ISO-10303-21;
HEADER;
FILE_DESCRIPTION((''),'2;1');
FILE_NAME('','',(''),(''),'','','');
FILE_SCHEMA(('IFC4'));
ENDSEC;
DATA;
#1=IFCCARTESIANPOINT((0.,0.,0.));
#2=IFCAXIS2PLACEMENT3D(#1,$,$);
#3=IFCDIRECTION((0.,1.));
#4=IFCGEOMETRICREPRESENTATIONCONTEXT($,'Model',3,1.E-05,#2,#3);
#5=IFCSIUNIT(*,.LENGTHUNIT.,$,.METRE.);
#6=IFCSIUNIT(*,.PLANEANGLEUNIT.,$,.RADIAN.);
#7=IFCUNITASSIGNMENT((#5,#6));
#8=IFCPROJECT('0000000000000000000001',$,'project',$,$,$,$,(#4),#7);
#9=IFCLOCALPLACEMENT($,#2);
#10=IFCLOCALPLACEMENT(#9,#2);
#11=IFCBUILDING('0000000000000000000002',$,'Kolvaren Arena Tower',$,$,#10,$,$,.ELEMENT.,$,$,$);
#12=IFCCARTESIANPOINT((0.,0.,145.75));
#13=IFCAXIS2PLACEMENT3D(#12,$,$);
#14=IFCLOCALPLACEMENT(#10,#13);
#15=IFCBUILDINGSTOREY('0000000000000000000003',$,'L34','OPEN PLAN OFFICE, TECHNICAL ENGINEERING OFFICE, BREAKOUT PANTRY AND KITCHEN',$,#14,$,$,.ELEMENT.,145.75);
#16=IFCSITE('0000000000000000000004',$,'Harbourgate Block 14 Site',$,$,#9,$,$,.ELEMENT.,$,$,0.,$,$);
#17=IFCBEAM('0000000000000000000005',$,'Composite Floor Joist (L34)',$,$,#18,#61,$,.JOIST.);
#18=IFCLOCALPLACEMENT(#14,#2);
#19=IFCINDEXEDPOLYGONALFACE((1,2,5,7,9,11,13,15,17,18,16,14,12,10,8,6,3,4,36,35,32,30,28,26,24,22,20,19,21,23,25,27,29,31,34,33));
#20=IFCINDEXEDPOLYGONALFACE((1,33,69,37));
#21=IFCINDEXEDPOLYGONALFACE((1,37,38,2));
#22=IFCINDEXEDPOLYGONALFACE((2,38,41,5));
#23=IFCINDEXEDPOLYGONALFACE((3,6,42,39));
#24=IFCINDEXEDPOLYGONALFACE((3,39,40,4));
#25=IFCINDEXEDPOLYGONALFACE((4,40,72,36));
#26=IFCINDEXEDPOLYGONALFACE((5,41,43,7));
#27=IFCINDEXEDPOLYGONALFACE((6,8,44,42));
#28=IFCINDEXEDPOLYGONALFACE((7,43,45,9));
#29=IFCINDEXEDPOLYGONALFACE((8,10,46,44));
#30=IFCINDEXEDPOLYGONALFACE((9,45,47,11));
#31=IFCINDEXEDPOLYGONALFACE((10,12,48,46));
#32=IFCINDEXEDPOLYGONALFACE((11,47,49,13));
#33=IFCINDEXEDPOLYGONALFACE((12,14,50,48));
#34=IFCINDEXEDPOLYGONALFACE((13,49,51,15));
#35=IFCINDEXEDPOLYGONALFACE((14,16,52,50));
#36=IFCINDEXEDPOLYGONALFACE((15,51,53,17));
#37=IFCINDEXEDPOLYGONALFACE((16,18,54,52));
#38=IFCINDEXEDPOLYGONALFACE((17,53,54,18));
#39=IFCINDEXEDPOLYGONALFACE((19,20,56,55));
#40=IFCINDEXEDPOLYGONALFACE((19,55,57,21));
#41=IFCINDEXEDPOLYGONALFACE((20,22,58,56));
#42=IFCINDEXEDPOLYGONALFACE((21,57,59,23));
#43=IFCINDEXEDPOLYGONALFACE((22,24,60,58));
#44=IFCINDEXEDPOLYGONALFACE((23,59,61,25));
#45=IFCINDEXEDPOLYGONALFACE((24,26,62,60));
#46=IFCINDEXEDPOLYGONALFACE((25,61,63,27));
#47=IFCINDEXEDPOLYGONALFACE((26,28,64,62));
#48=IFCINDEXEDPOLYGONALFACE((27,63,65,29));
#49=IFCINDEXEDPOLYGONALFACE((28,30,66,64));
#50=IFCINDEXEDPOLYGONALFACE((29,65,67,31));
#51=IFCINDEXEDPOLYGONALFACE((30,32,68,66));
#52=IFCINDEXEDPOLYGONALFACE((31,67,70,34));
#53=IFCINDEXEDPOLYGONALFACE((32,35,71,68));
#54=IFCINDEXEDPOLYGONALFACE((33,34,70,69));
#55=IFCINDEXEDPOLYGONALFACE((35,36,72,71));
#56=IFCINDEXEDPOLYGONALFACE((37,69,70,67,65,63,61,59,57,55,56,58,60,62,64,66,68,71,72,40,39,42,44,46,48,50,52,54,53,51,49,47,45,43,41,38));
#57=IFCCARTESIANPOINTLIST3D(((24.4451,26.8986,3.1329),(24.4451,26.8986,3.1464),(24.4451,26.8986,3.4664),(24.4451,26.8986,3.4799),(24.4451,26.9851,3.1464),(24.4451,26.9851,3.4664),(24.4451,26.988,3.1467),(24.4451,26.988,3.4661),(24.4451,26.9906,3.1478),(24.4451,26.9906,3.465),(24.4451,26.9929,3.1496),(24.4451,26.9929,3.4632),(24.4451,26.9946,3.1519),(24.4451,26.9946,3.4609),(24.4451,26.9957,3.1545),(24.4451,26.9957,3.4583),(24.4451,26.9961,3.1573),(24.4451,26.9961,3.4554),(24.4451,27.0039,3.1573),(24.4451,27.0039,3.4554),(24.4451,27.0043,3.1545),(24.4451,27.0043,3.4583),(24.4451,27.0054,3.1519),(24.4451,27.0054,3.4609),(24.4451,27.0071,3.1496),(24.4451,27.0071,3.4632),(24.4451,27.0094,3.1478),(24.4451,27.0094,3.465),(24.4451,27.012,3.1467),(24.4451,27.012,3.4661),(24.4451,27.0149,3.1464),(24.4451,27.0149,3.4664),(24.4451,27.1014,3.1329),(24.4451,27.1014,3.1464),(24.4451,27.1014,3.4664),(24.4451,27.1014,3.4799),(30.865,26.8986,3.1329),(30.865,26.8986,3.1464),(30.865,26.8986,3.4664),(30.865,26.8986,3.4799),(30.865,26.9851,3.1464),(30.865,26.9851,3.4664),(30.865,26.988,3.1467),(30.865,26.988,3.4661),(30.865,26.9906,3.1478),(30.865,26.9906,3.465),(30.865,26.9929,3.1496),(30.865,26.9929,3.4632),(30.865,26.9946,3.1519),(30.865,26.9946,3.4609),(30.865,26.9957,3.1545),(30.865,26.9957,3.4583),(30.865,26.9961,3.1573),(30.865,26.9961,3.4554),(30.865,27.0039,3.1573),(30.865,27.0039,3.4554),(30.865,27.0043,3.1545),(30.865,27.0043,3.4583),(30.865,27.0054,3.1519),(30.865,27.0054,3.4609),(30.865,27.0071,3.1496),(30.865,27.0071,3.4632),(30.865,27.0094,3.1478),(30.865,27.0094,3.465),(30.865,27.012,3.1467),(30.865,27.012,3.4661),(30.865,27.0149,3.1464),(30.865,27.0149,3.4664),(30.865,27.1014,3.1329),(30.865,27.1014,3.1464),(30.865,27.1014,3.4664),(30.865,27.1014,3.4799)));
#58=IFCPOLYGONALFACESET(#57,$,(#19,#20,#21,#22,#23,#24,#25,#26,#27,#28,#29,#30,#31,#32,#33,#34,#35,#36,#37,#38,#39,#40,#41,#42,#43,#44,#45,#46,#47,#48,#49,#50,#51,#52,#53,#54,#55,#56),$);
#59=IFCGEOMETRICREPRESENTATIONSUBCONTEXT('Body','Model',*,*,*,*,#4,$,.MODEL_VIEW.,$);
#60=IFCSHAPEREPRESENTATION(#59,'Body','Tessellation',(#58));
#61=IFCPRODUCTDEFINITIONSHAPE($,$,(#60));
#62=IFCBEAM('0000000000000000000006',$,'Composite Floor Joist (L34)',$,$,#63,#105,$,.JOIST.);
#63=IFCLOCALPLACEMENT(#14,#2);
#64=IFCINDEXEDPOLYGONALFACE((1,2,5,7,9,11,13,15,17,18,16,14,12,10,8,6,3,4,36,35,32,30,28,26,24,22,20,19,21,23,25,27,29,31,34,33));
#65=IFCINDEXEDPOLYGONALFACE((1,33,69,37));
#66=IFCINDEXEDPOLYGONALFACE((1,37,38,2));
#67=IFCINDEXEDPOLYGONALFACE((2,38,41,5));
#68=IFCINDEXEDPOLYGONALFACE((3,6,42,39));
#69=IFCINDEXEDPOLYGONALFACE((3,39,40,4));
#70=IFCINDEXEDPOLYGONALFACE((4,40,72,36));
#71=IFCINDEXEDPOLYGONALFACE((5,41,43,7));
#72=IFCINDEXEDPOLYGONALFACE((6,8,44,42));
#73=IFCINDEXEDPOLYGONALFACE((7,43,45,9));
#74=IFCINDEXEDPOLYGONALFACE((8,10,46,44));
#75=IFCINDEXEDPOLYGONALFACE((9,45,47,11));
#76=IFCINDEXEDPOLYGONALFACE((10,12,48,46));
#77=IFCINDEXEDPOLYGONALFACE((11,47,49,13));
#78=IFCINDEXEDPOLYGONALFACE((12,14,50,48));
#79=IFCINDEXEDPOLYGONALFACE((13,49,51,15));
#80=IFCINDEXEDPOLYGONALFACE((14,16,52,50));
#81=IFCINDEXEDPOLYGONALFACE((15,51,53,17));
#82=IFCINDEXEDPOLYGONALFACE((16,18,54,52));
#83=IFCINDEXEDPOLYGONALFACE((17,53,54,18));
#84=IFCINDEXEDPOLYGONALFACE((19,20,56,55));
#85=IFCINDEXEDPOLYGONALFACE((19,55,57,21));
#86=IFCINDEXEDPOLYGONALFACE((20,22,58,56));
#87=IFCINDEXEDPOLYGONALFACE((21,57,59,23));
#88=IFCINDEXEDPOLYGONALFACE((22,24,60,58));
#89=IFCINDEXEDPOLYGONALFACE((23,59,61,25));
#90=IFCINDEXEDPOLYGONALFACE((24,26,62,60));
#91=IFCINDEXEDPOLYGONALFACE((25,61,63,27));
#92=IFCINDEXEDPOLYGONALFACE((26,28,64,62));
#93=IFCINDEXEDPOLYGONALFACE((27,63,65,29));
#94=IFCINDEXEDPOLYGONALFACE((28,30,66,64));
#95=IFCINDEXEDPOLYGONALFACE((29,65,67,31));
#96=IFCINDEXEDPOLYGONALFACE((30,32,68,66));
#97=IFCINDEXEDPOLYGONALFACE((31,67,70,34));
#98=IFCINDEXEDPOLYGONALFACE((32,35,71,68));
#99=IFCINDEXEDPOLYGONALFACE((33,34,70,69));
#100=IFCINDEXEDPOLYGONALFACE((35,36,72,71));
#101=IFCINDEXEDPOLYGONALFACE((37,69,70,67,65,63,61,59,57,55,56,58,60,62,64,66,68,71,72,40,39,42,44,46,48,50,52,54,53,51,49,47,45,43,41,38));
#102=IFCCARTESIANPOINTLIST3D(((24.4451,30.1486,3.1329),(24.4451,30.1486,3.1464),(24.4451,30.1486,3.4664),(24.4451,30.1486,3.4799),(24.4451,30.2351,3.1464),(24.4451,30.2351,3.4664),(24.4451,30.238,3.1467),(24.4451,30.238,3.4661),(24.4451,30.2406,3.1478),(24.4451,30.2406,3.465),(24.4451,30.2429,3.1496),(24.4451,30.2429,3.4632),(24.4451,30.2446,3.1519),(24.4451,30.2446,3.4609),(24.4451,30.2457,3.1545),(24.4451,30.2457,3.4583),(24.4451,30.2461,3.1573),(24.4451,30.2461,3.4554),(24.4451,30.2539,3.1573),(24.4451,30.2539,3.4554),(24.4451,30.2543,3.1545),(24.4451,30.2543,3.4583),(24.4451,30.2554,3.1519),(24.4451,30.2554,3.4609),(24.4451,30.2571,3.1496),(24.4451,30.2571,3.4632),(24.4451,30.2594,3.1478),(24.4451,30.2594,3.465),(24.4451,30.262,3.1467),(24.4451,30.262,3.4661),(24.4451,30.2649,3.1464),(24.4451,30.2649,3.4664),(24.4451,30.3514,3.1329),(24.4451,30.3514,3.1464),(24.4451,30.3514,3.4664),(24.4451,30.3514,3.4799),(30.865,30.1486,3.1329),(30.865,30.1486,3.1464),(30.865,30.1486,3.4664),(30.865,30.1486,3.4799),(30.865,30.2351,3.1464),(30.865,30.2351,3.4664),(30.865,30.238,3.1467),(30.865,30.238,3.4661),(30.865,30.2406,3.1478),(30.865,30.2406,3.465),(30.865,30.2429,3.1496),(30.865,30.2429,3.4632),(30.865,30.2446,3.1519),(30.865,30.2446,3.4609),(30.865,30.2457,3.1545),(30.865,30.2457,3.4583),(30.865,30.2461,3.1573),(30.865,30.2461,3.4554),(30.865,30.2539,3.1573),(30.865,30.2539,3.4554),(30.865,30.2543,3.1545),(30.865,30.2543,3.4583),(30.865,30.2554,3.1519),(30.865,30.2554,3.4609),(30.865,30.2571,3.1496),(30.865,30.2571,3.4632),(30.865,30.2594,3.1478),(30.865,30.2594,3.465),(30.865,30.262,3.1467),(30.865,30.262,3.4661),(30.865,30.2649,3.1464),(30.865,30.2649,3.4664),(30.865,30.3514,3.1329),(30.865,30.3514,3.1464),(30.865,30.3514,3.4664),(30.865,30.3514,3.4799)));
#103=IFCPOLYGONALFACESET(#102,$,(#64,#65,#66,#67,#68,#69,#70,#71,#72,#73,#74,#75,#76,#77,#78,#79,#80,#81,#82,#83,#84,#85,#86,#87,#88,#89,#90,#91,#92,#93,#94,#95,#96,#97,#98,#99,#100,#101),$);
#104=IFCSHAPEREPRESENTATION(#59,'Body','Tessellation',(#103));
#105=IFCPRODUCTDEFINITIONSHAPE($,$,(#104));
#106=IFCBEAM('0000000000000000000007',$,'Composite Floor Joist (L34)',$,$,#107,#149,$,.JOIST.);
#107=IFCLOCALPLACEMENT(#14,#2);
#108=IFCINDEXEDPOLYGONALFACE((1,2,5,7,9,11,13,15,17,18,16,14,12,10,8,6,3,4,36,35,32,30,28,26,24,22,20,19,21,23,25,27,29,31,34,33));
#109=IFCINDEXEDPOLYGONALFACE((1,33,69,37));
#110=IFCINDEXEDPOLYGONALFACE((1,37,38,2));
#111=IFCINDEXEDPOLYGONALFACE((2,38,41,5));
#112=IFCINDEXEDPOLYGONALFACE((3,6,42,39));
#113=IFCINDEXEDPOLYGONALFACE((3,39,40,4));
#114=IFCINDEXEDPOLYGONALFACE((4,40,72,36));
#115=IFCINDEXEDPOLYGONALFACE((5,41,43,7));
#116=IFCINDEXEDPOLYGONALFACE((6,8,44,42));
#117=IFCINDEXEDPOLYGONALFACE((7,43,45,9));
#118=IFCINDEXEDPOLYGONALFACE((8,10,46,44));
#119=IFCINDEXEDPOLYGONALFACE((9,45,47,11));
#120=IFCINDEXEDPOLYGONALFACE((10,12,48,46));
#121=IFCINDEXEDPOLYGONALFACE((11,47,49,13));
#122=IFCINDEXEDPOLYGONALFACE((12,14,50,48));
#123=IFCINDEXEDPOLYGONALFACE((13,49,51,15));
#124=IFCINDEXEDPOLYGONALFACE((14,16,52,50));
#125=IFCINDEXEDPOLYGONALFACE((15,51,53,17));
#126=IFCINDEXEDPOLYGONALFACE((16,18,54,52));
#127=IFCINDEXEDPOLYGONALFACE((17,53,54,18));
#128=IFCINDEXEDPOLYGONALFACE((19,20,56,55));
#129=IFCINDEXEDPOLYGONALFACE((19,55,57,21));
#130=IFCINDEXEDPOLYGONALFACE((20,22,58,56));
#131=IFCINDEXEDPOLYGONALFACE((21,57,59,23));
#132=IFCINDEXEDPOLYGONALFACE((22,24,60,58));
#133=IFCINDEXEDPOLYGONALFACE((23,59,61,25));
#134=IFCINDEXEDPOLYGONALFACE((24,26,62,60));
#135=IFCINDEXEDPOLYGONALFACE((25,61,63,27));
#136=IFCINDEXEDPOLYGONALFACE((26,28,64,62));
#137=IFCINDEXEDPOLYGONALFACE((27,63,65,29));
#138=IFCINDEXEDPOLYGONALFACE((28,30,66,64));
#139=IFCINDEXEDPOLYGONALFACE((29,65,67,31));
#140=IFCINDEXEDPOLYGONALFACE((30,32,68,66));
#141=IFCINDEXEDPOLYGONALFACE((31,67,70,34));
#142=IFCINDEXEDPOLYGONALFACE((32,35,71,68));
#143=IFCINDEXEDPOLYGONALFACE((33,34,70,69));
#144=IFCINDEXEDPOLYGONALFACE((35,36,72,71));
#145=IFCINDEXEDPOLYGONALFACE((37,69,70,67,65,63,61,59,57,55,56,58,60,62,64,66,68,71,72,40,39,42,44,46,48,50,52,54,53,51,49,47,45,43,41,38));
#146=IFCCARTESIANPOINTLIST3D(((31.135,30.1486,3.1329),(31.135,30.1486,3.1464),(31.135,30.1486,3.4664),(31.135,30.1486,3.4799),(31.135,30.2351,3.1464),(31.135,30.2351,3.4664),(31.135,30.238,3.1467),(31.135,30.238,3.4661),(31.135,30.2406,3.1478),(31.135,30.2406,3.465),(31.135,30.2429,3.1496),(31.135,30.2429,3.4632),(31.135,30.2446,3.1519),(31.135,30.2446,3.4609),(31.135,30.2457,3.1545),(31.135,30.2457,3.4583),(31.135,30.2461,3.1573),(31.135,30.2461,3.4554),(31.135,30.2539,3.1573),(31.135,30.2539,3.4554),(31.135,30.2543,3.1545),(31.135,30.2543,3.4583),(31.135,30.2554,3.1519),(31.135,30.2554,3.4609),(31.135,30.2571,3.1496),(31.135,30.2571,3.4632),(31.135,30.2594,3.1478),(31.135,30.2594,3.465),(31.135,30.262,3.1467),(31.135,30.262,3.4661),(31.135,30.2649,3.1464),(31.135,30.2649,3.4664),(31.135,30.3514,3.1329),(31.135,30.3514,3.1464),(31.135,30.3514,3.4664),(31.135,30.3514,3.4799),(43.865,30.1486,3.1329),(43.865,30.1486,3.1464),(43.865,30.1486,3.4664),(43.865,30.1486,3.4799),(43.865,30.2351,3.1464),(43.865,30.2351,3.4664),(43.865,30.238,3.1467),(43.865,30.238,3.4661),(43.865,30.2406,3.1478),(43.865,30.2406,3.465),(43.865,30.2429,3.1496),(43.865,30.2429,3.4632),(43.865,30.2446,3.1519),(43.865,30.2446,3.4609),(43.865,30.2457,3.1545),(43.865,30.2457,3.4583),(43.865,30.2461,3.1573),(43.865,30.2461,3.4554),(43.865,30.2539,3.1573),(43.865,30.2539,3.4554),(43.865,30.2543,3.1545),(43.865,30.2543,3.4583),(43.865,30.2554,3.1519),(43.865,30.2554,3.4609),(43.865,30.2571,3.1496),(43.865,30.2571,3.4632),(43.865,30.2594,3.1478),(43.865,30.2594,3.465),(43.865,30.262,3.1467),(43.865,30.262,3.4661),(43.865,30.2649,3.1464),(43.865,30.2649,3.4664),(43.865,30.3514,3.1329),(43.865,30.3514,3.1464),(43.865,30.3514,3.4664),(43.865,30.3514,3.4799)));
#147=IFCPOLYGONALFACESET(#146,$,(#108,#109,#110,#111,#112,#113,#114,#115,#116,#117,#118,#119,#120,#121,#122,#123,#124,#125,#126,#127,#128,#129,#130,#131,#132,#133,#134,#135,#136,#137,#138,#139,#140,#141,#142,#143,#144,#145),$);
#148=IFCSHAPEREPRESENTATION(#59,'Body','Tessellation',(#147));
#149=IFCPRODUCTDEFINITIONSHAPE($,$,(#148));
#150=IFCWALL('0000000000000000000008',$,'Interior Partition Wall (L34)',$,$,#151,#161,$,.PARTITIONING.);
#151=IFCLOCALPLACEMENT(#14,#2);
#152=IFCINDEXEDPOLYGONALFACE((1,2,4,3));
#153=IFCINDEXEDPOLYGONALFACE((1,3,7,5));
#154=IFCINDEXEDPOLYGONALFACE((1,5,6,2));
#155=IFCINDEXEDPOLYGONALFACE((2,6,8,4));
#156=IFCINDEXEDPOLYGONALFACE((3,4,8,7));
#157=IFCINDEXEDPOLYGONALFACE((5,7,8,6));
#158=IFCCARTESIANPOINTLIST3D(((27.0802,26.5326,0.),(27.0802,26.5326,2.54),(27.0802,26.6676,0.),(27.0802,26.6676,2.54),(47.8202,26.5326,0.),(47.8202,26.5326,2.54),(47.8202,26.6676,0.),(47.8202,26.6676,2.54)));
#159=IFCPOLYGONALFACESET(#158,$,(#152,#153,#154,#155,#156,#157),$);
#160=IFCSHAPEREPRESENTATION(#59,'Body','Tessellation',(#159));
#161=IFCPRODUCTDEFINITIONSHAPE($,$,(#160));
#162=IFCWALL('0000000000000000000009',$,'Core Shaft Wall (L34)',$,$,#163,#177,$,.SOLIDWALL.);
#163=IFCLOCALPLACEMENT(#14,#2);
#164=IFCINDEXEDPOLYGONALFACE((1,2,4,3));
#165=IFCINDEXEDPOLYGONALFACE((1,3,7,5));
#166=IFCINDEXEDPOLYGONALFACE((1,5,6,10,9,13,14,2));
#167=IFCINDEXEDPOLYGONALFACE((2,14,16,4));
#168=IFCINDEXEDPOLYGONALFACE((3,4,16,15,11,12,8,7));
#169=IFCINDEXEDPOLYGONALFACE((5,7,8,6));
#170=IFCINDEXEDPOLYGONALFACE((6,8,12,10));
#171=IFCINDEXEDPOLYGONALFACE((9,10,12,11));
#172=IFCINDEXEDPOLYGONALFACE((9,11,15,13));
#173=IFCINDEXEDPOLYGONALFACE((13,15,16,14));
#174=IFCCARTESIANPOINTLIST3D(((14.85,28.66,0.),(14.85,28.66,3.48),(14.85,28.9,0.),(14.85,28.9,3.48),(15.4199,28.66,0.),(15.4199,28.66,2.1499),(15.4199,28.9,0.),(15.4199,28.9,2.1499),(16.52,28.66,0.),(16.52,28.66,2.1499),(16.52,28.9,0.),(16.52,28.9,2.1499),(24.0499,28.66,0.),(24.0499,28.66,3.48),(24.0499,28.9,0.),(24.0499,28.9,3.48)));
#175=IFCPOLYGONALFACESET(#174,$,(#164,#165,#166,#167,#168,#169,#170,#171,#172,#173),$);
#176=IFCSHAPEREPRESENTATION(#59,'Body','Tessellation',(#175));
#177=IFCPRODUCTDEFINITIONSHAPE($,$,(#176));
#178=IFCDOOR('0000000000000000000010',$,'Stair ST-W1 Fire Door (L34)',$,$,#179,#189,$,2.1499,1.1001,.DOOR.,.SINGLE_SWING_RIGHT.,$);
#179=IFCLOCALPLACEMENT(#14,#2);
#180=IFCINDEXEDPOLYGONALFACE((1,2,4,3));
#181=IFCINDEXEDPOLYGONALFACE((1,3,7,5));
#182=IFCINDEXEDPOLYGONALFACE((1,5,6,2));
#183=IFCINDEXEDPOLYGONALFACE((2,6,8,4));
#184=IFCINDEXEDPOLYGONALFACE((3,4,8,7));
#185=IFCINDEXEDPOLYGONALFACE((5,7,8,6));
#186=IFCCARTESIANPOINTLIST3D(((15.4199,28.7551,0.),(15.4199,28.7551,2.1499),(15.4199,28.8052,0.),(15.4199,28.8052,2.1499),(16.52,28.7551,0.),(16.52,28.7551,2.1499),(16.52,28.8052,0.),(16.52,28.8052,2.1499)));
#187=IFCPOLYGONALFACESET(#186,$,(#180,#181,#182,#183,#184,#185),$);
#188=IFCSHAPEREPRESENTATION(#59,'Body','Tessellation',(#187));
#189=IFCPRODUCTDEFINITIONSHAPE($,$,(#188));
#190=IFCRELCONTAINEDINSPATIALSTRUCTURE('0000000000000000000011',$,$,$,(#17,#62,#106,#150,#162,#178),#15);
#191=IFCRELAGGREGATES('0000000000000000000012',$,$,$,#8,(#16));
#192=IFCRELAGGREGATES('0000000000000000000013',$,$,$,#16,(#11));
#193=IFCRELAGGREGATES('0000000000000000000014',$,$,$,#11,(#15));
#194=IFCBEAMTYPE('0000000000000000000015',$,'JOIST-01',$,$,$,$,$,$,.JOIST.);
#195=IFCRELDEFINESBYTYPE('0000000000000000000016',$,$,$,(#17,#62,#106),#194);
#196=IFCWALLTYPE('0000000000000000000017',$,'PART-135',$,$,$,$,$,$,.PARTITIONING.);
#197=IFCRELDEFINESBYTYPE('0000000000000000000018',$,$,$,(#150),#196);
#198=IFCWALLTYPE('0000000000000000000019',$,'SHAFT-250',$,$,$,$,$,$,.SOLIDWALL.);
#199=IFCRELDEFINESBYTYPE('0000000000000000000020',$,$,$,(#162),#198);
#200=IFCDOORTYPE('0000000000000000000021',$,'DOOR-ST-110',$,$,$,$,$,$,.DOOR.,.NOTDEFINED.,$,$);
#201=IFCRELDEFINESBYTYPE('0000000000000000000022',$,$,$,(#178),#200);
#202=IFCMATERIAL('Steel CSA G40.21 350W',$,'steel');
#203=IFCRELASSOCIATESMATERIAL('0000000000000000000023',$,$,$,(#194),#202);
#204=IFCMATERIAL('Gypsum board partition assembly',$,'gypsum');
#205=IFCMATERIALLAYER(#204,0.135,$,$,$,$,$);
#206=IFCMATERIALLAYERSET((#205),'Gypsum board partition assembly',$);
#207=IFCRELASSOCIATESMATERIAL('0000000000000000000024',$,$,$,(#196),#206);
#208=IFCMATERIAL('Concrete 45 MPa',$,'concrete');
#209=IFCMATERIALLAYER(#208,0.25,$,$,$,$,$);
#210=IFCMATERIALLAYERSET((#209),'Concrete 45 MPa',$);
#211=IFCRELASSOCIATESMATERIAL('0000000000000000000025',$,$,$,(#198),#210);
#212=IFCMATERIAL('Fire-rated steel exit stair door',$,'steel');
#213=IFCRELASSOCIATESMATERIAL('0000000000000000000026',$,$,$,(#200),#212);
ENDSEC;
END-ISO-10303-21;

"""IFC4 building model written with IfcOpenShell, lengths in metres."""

from ifc_helpers import new_model, si_unit, direction, frame, frame_2d, origin, origin_2d, place, context, subcontext, project, spatial, rectangle, i_section, extrude, material, layer, layer_set, material_profile, profile_set, type_object, element, fill, save


model = new_model("IFC4")

# Units and contexts
model_context = context("Model", 3, precision=1e-05, world=origin(), true_north=direction((0.0, 1.0)))
body_context = subcontext(model_context, "Body", "Model", "MODEL_VIEW")
ifc_project = project(units=[si_unit("LENGTHUNIT", "METRE"), si_unit("PLANEANGLEUNIT", "RADIAN")], contexts=[model_context])

# Site, building, storey
site_placement = place(None, origin())
site = spatial("IfcSite", under=ifc_project, at=site_placement, Name="Harbourgate Block 14 Site", CompositionType="ELEMENT", RefElevation=0.0)
building_placement = place(site_placement, origin())
building = spatial("IfcBuilding", under=site, at=building_placement, Name="Kolvaren Arena Tower", CompositionType="ELEMENT")
storey_placement = place(building_placement, frame((0.0, 0.0, 145.75)))
storey = spatial("IfcBuildingStorey", under=building, at=storey_placement, Name="L34", Description="OPEN PLAN OFFICE, TECHNICAL ENGINEERING OFFICE, BREAKOUT PANTRY AND KITCHEN", CompositionType="ELEMENT", Elevation=145.75)

# Beams
ifc_material_1 = material(Name="Steel CSA G40.21 350W", Category="steel")
ifc_material_profile_1 = material_profile(ifc_material_1, i_section(OverallWidth=0.2029, OverallDepth=0.3469, WebThickness=0.0078, FlangeThickness=0.0134, FilletRadius=0.011, at=origin_2d()), Name="W360x64")
ifc_profile_set_1 = profile_set([ifc_material_profile_1], Name="Steel CSA G40.21 350W")
beam_type_1 = type_object("IfcBeamType", Name="JOIST-01", PredefinedType="JOIST", material=ifc_profile_set_1)
for number, where, z_axis, x_axis, name in (
    (1, (24.4451, 27.0, 3.3064), (1.0, 0.0, 0.0), (0.0, 1.0, 0.0), "Composite Floor Joist (L34)"),
    (2, (24.4451, 30.25, 3.3064), (1.0, 0.0, 0.0), (0.0, 1.0, 0.0), "Composite Floor Joist (L34)"),
):
    element("IfcBeam", number, at=place(storey_placement, frame(where, z_axis=z_axis, x_axis=x_axis)), inside=storey, type_object=beam_type_1, Name=name, PredefinedType="JOIST", context=body_context, shape_type="SweptSolid", body=[
        extrude(i_section(OverallWidth=0.2029, OverallDepth=0.3469, WebThickness=0.0078, FlangeThickness=0.0134, FilletRadius=0.011, at=origin_2d()), origin(), (0.0, 0.0, 1.0), 6.4199),
    ])
beam_1_placement = place(storey_placement, frame((31.135, 30.25, 3.3064), z_axis=(1.0, 0.0, 0.0), x_axis=(0.0, 1.0, 0.0)))
element("IfcBeam", 3, at=beam_1_placement, inside=storey, type_object=beam_type_1, Name="Composite Floor Joist (L34)", PredefinedType="JOIST", context=body_context, shape_type="SweptSolid", body=[
    extrude(i_section(OverallWidth=0.2029, OverallDepth=0.3469, WebThickness=0.0078, FlangeThickness=0.0134, FilletRadius=0.011, at=origin_2d()), origin(), (0.0, 0.0, 1.0), 12.73),
])

# Wall
ifc_material_2 = material(Name="Gypsum board partition assembly", Category="gypsum")
ifc_layer_1 = layer(ifc_material_2, 0.135)
ifc_layer_set_1 = layer_set([ifc_layer_1], Name="Gypsum board partition assembly")
wall_type_1 = type_object("IfcWallType", Name="PART-135", PredefinedType="PARTITIONING", material=ifc_layer_set_1)
wall_1_placement = place(storey_placement, frame((27.0801, 26.6001, 0.0), z_axis=(0.0, 0.0, 1.0), x_axis=(1.0, 0.0, 0.0)))
element("IfcWall", 4, at=wall_1_placement, inside=storey, type_object=wall_type_1, Name="Interior Partition Wall (L34)", PredefinedType="PARTITIONING", context=body_context, shape_type="SweptSolid", body=[
    extrude(rectangle(XDim=20.74, YDim=0.135, at=frame_2d((10.3701, 0.0))), origin(), (0.0, 0.0, 1.0), 2.54),
])

# Wall, opening, door
ifc_material_3 = material(Name="Concrete 45 MPa", Category="concrete")
ifc_layer_2 = layer(ifc_material_3, 0.25)
ifc_layer_set_2 = layer_set([ifc_layer_2], Name="Concrete 45 MPa")
wall_type_2 = type_object("IfcWallType", Name="SHAFT-250", PredefinedType="SOLIDWALL", material=ifc_layer_set_2)
wall_2_placement = place(storey_placement, frame((24.05, 28.78, 0.0), z_axis=(0.0, 0.0, 1.0), x_axis=(-1.0, 0.0, 0.0)))
wall_2 = element("IfcWall", 5, at=wall_2_placement, inside=storey, type_object=wall_type_2, Name="Core Shaft Wall (L34)", PredefinedType="SOLIDWALL", context=body_context, shape_type="SweptSolid", body=[
    extrude(rectangle(XDim=9.2, YDim=0.24, at=frame_2d((4.6001, 0.0))), origin(), (0.0, 0.0, 1.0), 3.48),
])
opening_placement = place(wall_2_placement, frame((7.53, 0.0, 0.0)))
opening = element("IfcOpeningElement", 6, at=opening_placement, cuts=wall_2, PredefinedType="OPENING", context=body_context, shape_type="SweptSolid", body=[
    extrude(rectangle(XDim=1.1001, YDim=2.1499, at=frame_2d((0.55, 1.075))), frame((0.0, 0.1299, 0.0), z_axis=(0.0, -1.0, 0.0), x_axis=(1.0, 0.0, 0.0)), (0.0, 0.0, 1.0), 0.26),
])
ifc_material_4 = material(Name="Fire-rated steel exit stair door", Category="steel")
door_type = type_object("IfcDoorType", Name="DOOR-ST-110", OperationType="NOTDEFINED", PredefinedType="DOOR", material=ifc_material_4)
door_placement = place(opening_placement, origin())
door = element("IfcDoor", 7, at=door_placement, inside=storey, type_object=door_type, Name="Stair ST-W1 Fire Door (L34)", OperationType="SINGLE_SWING_RIGHT", OverallHeight=2.1499, OverallWidth=1.1001, PredefinedType="DOOR", context=body_context, shape_type="SweptSolid", body=[
    extrude(rectangle(XDim=1.1001, YDim=2.1499, at=frame_2d((0.55, 1.075))), frame((0.0, 0.0249, 0.0), z_axis=(0.0, -1.0, 0.0), x_axis=(1.0, 0.0, 0.0)), (0.0, 0.0, 1.0), 0.05),
])
fill(opening, door)

save(model, "model.ifc")
